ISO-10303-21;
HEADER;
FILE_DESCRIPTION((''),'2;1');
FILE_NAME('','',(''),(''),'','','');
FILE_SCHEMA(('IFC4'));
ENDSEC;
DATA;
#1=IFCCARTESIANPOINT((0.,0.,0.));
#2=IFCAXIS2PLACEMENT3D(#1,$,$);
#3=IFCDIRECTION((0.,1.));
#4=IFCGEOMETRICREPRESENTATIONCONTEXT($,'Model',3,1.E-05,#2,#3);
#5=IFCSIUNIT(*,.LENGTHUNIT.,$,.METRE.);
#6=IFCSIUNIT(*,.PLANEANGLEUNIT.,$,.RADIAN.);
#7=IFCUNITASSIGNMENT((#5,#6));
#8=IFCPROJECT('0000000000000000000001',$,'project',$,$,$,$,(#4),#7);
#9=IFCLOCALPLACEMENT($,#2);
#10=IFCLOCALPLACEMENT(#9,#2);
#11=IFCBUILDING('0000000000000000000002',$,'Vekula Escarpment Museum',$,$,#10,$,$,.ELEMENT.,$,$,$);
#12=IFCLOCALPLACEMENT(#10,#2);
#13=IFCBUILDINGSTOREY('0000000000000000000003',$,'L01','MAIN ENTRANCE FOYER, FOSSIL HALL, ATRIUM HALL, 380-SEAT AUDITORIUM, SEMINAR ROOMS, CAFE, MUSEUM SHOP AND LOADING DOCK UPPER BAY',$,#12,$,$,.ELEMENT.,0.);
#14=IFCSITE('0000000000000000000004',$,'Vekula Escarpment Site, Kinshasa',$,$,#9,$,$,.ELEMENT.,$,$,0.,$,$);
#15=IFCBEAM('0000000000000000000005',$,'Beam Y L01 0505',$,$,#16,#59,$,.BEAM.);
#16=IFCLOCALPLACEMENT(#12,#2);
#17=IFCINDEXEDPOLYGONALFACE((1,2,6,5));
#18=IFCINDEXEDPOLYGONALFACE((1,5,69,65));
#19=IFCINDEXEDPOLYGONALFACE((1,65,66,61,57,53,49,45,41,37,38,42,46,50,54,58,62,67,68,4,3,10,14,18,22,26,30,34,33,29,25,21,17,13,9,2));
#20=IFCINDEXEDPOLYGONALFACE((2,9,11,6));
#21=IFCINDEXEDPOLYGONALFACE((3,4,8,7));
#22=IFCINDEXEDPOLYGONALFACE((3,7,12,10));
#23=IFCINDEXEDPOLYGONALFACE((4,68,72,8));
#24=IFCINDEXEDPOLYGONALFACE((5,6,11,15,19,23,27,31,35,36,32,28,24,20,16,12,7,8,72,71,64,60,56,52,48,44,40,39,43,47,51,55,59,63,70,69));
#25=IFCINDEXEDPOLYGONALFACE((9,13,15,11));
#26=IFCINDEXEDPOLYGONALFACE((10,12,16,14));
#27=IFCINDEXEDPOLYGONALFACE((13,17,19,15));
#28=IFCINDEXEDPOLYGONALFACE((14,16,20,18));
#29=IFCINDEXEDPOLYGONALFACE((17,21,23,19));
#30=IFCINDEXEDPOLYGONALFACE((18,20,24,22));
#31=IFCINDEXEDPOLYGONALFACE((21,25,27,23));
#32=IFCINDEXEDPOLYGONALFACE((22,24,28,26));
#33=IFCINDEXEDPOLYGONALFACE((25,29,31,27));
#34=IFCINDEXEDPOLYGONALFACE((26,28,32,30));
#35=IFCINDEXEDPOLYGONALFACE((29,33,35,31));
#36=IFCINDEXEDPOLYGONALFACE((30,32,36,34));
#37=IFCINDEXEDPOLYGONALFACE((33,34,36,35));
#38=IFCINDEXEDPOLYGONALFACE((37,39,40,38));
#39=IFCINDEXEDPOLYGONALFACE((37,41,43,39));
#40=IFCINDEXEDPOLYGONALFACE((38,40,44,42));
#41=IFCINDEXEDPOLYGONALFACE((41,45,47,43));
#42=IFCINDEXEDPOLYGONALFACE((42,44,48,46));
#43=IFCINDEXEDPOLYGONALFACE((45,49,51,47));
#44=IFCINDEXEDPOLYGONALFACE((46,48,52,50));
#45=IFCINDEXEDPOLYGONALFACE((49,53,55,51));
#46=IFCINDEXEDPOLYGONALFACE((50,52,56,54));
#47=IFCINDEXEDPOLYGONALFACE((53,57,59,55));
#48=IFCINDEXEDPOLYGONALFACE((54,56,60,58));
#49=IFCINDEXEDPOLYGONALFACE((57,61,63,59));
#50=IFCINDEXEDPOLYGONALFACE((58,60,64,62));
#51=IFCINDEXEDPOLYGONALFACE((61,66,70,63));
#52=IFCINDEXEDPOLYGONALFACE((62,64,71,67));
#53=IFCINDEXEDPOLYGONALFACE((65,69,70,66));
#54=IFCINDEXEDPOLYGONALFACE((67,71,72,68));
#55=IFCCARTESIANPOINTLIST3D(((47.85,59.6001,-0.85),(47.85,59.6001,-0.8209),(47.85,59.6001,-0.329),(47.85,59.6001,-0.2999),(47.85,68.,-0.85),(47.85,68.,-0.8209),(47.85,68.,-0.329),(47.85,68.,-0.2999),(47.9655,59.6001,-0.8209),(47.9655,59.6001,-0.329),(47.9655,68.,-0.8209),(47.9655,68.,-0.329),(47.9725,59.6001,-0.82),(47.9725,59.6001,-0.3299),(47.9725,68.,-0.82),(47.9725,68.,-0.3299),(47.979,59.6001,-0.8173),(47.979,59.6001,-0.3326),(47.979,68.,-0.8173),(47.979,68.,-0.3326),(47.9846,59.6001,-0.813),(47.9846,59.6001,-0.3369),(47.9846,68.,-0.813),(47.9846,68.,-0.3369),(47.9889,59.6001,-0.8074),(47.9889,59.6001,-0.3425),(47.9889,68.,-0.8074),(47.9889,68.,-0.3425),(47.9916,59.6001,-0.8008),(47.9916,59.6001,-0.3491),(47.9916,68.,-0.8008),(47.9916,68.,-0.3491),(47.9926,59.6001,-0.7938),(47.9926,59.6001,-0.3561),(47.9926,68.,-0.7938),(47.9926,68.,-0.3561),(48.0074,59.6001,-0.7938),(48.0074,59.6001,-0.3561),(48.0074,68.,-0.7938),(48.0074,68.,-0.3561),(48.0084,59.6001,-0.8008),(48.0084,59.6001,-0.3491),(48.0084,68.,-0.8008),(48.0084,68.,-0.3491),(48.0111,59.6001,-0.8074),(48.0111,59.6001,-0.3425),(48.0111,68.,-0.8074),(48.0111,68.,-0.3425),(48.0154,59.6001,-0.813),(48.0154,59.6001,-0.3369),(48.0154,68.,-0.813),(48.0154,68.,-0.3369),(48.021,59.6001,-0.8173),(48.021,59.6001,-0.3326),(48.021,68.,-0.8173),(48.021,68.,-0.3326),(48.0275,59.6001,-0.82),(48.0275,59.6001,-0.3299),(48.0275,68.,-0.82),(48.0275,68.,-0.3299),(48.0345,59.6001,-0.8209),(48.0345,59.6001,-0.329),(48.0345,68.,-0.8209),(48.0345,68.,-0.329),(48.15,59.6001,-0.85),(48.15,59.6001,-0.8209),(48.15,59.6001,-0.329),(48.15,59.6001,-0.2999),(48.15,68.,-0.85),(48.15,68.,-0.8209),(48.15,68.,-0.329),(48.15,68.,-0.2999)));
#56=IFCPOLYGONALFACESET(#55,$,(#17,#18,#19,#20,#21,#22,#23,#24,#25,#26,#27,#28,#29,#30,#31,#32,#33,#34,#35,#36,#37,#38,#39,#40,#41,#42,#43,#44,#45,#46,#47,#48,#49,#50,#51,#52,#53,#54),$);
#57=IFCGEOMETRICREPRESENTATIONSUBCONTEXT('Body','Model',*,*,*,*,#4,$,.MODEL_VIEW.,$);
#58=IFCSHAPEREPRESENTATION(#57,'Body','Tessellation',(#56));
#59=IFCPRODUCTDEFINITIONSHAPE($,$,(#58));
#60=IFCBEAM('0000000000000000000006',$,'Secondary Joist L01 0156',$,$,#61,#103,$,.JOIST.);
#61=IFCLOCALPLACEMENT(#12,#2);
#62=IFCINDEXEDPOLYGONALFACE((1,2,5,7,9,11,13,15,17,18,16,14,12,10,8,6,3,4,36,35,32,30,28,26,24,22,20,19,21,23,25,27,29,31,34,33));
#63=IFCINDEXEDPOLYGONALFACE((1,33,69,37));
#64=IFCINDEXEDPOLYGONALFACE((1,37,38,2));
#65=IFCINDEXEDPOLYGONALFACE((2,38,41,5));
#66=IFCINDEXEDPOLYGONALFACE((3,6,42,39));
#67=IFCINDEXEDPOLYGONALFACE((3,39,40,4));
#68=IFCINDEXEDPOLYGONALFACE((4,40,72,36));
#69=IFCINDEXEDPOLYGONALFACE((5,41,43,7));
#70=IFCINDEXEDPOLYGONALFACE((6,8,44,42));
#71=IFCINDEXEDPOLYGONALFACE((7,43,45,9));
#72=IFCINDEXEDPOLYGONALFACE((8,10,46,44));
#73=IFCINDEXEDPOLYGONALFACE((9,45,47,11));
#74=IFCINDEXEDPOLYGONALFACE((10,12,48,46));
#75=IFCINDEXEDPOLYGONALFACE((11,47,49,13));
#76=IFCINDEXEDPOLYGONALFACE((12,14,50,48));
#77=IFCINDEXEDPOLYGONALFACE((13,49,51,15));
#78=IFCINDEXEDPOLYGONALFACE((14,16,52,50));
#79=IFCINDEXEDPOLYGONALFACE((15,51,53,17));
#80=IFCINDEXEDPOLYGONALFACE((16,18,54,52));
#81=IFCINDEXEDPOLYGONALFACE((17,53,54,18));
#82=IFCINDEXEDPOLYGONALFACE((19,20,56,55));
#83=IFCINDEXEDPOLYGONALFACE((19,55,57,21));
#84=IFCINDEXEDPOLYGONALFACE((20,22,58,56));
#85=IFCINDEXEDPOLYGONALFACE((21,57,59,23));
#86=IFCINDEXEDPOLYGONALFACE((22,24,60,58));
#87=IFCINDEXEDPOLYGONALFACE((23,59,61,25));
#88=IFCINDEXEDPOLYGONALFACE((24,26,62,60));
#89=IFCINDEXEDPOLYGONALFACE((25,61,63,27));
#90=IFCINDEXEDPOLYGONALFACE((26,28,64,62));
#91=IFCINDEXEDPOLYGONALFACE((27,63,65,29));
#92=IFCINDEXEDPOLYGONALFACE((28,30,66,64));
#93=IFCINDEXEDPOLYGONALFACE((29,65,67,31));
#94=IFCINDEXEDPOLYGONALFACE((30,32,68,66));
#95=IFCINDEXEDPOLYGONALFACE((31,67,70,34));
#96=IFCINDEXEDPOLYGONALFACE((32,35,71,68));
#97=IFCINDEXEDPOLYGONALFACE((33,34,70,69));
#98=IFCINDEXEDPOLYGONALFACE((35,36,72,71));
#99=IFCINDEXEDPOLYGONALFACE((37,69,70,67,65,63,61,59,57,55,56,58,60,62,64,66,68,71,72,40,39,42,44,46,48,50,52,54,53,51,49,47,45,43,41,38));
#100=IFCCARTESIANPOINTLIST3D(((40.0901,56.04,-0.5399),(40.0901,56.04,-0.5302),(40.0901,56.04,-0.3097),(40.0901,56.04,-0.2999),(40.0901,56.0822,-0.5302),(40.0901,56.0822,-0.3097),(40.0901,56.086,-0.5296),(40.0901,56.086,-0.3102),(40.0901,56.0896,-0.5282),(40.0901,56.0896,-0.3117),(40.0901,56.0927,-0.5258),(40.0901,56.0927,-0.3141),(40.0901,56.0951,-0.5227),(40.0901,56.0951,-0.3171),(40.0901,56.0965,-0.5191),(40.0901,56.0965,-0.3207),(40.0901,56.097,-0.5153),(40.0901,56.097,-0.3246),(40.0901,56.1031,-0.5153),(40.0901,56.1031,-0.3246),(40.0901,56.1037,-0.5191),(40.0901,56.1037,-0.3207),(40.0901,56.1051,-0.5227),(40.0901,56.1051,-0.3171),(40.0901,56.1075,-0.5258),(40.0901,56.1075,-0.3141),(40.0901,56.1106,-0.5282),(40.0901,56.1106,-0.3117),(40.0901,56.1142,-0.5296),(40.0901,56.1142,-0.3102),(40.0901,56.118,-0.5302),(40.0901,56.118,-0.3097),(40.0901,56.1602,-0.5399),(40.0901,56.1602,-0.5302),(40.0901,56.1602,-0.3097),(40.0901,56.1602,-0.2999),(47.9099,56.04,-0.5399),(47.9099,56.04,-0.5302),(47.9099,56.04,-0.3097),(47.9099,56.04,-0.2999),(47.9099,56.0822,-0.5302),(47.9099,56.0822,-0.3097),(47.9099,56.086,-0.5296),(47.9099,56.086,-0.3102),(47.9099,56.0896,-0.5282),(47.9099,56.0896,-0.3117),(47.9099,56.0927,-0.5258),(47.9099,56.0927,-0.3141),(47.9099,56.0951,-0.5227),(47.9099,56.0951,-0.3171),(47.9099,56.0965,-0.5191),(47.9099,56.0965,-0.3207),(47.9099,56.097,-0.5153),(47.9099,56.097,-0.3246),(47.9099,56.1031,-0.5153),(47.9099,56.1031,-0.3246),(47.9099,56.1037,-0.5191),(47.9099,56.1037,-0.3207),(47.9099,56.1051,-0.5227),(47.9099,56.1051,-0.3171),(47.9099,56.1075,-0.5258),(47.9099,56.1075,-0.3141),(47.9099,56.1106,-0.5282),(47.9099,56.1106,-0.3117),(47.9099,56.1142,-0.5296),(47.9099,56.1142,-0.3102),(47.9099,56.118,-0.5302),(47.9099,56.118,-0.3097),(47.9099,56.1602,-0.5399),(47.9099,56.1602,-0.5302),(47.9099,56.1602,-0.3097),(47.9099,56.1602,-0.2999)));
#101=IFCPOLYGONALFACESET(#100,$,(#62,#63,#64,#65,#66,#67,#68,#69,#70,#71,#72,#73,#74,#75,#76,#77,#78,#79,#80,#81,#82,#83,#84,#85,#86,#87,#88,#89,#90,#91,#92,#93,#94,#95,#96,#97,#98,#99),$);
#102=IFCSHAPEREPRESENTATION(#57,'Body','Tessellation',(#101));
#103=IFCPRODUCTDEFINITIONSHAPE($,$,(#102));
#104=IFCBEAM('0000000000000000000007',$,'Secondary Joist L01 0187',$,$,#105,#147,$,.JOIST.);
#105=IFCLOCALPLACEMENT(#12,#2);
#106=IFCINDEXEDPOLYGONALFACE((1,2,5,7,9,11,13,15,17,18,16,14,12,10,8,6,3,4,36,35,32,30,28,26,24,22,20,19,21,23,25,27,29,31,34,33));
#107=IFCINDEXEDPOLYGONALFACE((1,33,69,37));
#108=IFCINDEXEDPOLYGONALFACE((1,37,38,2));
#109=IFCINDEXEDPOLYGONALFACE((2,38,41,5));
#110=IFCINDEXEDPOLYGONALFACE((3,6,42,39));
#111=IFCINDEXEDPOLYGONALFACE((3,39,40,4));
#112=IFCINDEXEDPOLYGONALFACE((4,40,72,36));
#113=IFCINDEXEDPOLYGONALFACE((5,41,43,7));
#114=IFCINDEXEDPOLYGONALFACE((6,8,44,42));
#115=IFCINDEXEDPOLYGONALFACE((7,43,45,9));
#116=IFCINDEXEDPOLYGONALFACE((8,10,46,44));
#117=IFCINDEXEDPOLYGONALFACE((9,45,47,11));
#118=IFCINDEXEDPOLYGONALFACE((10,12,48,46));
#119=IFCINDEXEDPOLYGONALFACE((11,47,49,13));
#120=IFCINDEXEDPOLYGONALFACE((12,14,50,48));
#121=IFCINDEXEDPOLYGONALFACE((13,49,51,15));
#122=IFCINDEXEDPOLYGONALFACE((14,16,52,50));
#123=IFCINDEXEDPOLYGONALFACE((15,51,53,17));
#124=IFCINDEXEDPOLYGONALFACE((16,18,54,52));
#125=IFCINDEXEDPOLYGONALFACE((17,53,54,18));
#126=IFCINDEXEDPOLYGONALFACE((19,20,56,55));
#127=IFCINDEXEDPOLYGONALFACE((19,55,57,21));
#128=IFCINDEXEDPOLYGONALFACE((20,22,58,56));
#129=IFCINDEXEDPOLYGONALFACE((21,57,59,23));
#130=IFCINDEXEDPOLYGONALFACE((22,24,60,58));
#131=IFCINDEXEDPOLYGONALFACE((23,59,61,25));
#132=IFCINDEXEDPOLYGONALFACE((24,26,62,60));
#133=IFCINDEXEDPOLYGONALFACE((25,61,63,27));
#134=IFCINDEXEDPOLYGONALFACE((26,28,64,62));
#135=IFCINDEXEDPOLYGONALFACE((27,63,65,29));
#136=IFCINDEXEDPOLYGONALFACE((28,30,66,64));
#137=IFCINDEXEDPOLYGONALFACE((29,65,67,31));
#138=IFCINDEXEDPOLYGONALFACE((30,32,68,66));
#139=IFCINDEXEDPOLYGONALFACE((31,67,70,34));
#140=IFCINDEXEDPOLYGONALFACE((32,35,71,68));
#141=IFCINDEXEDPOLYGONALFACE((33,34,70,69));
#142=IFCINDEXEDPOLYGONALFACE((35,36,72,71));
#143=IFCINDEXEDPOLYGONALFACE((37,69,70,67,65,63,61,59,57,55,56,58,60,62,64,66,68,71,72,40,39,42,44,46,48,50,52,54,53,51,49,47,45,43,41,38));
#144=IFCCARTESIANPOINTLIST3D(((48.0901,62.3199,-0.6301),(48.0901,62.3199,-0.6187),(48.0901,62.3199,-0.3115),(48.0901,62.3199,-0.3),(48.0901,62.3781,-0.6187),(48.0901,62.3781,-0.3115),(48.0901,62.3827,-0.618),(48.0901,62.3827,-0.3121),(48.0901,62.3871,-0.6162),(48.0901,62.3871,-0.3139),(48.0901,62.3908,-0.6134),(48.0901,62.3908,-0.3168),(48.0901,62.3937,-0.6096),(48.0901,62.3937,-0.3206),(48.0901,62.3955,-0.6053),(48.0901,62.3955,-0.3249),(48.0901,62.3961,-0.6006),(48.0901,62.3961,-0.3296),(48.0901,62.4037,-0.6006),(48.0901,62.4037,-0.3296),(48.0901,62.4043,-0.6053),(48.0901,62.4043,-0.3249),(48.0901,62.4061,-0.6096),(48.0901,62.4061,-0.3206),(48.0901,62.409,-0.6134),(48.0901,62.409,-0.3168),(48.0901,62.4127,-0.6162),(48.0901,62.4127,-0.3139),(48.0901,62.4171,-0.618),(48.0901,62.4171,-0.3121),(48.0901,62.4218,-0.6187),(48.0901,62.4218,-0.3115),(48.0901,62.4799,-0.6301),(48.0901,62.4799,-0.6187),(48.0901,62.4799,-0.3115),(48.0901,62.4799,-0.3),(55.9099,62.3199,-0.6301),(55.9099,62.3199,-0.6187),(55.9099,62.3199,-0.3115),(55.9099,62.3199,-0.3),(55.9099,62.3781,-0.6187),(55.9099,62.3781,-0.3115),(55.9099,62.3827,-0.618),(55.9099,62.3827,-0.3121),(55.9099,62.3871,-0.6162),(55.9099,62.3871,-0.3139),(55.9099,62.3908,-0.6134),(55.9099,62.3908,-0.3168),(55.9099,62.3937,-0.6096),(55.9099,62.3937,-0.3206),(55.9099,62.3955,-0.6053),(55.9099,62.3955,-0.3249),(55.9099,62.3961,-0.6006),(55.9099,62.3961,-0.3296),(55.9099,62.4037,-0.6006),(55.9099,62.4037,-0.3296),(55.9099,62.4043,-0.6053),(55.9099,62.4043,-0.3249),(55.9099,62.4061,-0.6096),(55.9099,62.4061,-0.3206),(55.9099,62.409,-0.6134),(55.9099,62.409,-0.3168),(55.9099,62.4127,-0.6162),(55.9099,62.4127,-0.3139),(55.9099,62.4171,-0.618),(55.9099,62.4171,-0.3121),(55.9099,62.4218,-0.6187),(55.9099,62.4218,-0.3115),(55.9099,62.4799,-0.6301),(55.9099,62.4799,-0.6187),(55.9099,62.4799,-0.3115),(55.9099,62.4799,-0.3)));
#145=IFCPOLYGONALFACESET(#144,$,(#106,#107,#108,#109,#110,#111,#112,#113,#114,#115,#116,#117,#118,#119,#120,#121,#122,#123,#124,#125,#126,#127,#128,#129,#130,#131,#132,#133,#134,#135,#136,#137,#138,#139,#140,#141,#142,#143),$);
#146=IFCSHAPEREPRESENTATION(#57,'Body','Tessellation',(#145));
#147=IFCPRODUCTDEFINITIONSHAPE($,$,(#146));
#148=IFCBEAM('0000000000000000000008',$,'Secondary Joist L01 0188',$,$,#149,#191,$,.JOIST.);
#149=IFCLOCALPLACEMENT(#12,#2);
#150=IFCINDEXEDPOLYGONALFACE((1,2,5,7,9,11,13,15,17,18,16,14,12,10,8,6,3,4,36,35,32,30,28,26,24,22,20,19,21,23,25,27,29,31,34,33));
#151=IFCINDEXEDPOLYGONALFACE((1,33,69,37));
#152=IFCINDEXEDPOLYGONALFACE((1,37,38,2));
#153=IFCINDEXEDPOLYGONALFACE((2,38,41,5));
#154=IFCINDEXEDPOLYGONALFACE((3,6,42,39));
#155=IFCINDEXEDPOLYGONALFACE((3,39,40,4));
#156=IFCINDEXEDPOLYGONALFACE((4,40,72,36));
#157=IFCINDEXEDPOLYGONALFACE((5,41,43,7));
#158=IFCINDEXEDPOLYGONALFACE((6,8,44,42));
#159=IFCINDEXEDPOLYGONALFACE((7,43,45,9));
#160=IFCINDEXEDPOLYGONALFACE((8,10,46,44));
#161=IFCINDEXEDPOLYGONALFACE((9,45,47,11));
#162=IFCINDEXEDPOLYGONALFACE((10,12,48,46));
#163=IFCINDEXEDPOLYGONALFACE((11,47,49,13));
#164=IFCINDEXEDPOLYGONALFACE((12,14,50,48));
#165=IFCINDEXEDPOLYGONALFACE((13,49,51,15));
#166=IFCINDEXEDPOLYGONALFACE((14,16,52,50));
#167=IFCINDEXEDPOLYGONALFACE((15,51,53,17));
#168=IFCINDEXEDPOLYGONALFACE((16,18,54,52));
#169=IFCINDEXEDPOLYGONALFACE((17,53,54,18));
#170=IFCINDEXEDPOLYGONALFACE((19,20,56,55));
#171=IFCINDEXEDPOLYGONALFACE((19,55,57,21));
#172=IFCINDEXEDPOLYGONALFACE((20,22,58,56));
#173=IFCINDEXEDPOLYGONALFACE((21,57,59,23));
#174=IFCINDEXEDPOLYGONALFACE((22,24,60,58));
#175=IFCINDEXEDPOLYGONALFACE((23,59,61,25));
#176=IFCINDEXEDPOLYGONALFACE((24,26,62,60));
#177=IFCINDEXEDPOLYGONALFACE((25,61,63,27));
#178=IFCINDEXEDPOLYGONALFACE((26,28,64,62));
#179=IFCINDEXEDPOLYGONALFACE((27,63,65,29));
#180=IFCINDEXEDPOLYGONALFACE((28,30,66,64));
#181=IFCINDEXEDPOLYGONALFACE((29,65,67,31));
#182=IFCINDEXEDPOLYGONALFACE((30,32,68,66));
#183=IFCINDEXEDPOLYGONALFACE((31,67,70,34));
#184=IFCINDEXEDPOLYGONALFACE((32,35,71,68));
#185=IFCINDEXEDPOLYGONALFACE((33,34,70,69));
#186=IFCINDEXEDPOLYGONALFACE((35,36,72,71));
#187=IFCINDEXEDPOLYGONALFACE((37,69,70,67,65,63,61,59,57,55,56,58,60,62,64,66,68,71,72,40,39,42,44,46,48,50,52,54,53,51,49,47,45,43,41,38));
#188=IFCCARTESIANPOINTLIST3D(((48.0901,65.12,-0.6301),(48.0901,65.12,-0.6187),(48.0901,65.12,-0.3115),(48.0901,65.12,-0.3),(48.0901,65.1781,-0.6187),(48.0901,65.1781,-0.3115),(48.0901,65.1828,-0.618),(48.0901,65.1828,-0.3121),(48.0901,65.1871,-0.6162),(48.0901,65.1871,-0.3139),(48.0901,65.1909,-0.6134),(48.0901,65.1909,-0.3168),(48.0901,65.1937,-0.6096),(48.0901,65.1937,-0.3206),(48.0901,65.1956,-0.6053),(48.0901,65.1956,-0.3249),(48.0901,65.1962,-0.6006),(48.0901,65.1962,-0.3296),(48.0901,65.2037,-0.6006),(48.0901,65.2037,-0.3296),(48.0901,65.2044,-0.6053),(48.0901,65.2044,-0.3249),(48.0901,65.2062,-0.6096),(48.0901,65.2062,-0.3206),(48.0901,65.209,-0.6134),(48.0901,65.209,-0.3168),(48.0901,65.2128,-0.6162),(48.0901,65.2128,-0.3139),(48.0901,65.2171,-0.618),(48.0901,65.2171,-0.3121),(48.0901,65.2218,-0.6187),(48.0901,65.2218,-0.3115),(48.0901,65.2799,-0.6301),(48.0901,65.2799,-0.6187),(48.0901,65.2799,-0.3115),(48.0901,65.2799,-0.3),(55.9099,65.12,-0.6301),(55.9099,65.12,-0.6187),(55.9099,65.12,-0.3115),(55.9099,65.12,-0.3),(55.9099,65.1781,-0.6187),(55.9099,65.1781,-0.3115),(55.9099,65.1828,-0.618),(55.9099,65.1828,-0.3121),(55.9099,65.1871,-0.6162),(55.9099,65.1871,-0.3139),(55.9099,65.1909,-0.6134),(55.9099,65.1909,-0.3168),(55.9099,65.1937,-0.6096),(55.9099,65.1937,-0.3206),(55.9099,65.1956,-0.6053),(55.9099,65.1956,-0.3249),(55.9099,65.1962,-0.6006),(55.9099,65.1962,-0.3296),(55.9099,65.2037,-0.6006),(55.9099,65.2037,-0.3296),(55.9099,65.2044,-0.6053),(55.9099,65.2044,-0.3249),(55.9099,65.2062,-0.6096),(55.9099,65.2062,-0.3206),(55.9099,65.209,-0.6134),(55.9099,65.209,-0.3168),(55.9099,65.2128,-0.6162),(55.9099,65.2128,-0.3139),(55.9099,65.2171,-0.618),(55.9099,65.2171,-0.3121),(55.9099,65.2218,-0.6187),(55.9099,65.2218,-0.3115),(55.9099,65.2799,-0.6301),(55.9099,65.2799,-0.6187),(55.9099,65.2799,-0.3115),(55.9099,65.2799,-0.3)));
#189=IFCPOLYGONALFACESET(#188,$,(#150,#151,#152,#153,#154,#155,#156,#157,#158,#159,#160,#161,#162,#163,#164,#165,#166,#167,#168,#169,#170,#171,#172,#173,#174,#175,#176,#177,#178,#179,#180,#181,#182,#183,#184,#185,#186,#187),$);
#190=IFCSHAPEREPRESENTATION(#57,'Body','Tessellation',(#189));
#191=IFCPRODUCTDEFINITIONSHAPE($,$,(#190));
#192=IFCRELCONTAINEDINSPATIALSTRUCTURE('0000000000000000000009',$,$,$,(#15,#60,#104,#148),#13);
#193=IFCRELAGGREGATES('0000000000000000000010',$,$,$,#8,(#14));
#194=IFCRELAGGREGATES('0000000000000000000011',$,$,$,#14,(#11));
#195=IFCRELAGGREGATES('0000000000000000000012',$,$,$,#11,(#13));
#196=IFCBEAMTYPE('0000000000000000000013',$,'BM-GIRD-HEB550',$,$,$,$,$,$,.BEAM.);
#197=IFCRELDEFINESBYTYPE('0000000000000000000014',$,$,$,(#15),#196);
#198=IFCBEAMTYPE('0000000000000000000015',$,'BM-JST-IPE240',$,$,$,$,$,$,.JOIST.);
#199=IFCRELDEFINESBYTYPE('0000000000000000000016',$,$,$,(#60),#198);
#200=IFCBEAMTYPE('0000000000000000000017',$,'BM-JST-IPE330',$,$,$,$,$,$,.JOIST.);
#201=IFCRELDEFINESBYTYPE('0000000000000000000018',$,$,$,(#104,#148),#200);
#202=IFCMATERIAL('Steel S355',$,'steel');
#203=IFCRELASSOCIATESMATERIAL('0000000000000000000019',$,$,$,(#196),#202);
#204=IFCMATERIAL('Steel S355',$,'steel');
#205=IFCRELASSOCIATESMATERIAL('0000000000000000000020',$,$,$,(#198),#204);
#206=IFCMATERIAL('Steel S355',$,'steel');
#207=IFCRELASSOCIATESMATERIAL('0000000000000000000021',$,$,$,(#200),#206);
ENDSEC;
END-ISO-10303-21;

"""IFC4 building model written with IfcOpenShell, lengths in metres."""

from ifc_helpers import new_model, si_unit, direction, frame, origin, origin_2d, place, context, subcontext, project, spatial, i_section, extrude, material, material_profile, profile_set, type_object, element, save


model = new_model("IFC4")

# Units and contexts
model_context = context("Model", 3, precision=1e-05, world=origin(), true_north=direction((0.0, 1.0)))
body_context = subcontext(model_context, "Body", "Model", "MODEL_VIEW")
ifc_project = project(units=[si_unit("LENGTHUNIT", "METRE"), si_unit("PLANEANGLEUNIT", "RADIAN")], contexts=[model_context])

# Site, building, storey
site_placement = place(None, origin())
site = spatial("IfcSite", under=ifc_project, at=site_placement, Name="Vekula Escarpment Site, Kinshasa", CompositionType="ELEMENT", RefElevation=0.0)
building_placement = place(site_placement, origin())
building = spatial("IfcBuilding", under=site, at=building_placement, Name="Vekula Escarpment Museum", CompositionType="ELEMENT")
storey_placement = place(building_placement, origin())
storey = spatial("IfcBuildingStorey", under=building, at=storey_placement, Name="L01", Description="MAIN ENTRANCE FOYER, FOSSIL HALL, ATRIUM HALL, 380-SEAT AUDITORIUM, SEMINAR ROOMS, CAFE, MUSEUM SHOP AND LOADING DOCK UPPER BAY", CompositionType="ELEMENT", Elevation=0.0)

# Beams
ifc_material_1 = material(Name="Steel S355", Category="steel")
ifc_material_profile_1 = material_profile(ifc_material_1, i_section(OverallWidth=0.3, OverallDepth=0.55, WebThickness=0.0149, FlangeThickness=0.0291, FilletRadius=0.0271, at=origin_2d()), Name="HEB 550")
ifc_profile_set_1 = profile_set([ifc_material_profile_1], Name="Steel S355")
beam_type_1 = type_object("IfcBeamType", Name="BM-GIRD-HEB550", PredefinedType="BEAM", material=ifc_profile_set_1)
for number, where, z_axis, x_axis, name in (
    (1, (48.0, 59.6001, -0.575), (0.0, 1.0, 0.0), (-1.0, 0.0, 0.0), "Beam Y L01 0505"),
):
    element("IfcBeam", number, at=place(storey_placement, frame(where, z_axis=z_axis, x_axis=x_axis)), inside=storey, type_object=beam_type_1, Name=name, PredefinedType="BEAM", context=body_context, shape_type="SweptSolid", body=[
        extrude(i_section(OverallWidth=0.3, OverallDepth=0.55, WebThickness=0.0149, FlangeThickness=0.0291, FilletRadius=0.0271, at=origin_2d()), origin(), (0.0, 0.0, 1.0), 8.3999),
    ])
ifc_material_2 = material(Name="Steel S355", Category="steel")
ifc_material_profile_2 = material_profile(ifc_material_2, i_section(OverallWidth=0.1201, OverallDepth=0.24, WebThickness=0.0061, FlangeThickness=0.0098, FilletRadius=0.0149, at=origin_2d()), Name="IPE 240")
ifc_profile_set_2 = profile_set([ifc_material_profile_2], Name="Steel S355")
beam_type_2 = type_object("IfcBeamType", Name="BM-JST-IPE240", PredefinedType="JOIST", material=ifc_profile_set_2)
beam_placement = place(storey_placement, frame((40.0901, 56.1001, -0.4199), z_axis=(1.0, 0.0, 0.0), x_axis=(0.0, 1.0, 0.0)))
element("IfcBeam", 2, at=beam_placement, inside=storey, type_object=beam_type_2, Name="Secondary Joist L01 0156", PredefinedType="JOIST", context=body_context, shape_type="SweptSolid", body=[
    extrude(i_section(OverallWidth=0.1201, OverallDepth=0.24, WebThickness=0.0061, FlangeThickness=0.0098, FilletRadius=0.0149, at=origin_2d()), origin(), (0.0, 0.0, 1.0), 7.8198),
])
ifc_material_3 = material(Name="Steel S355", Category="steel")
ifc_material_profile_3 = material_profile(ifc_material_3, i_section(OverallWidth=0.1599, OverallDepth=0.3301, WebThickness=0.0076, FlangeThickness=0.0115, FilletRadius=0.0181, at=origin_2d()), Name="IPE 330")
ifc_profile_set_3 = profile_set([ifc_material_profile_3], Name="Steel S355")
beam_type_3 = type_object("IfcBeamType", Name="BM-JST-IPE330", PredefinedType="JOIST", material=ifc_profile_set_3)
for number, where, z_axis, x_axis, name in (
    (3, (48.0901, 62.3999, -0.4651), (1.0, 0.0, 0.0), (0.0, 1.0, 0.0), "Secondary Joist L01 0187"),
    (4, (48.0901, 65.2, -0.4651), (1.0, 0.0, 0.0), (0.0, 1.0, 0.0), "Secondary Joist L01 0188"),
):
    element("IfcBeam", number, at=place(storey_placement, frame(where, z_axis=z_axis, x_axis=x_axis)), inside=storey, type_object=beam_type_3, Name=name, PredefinedType="JOIST", context=body_context, shape_type="SweptSolid", body=[
        extrude(i_section(OverallWidth=0.1599, OverallDepth=0.3301, WebThickness=0.0076, FlangeThickness=0.0115, FilletRadius=0.0181, at=origin_2d()), origin(), (0.0, 0.0, 1.0), 7.8198),
    ])

save(model, "model.ifc")
